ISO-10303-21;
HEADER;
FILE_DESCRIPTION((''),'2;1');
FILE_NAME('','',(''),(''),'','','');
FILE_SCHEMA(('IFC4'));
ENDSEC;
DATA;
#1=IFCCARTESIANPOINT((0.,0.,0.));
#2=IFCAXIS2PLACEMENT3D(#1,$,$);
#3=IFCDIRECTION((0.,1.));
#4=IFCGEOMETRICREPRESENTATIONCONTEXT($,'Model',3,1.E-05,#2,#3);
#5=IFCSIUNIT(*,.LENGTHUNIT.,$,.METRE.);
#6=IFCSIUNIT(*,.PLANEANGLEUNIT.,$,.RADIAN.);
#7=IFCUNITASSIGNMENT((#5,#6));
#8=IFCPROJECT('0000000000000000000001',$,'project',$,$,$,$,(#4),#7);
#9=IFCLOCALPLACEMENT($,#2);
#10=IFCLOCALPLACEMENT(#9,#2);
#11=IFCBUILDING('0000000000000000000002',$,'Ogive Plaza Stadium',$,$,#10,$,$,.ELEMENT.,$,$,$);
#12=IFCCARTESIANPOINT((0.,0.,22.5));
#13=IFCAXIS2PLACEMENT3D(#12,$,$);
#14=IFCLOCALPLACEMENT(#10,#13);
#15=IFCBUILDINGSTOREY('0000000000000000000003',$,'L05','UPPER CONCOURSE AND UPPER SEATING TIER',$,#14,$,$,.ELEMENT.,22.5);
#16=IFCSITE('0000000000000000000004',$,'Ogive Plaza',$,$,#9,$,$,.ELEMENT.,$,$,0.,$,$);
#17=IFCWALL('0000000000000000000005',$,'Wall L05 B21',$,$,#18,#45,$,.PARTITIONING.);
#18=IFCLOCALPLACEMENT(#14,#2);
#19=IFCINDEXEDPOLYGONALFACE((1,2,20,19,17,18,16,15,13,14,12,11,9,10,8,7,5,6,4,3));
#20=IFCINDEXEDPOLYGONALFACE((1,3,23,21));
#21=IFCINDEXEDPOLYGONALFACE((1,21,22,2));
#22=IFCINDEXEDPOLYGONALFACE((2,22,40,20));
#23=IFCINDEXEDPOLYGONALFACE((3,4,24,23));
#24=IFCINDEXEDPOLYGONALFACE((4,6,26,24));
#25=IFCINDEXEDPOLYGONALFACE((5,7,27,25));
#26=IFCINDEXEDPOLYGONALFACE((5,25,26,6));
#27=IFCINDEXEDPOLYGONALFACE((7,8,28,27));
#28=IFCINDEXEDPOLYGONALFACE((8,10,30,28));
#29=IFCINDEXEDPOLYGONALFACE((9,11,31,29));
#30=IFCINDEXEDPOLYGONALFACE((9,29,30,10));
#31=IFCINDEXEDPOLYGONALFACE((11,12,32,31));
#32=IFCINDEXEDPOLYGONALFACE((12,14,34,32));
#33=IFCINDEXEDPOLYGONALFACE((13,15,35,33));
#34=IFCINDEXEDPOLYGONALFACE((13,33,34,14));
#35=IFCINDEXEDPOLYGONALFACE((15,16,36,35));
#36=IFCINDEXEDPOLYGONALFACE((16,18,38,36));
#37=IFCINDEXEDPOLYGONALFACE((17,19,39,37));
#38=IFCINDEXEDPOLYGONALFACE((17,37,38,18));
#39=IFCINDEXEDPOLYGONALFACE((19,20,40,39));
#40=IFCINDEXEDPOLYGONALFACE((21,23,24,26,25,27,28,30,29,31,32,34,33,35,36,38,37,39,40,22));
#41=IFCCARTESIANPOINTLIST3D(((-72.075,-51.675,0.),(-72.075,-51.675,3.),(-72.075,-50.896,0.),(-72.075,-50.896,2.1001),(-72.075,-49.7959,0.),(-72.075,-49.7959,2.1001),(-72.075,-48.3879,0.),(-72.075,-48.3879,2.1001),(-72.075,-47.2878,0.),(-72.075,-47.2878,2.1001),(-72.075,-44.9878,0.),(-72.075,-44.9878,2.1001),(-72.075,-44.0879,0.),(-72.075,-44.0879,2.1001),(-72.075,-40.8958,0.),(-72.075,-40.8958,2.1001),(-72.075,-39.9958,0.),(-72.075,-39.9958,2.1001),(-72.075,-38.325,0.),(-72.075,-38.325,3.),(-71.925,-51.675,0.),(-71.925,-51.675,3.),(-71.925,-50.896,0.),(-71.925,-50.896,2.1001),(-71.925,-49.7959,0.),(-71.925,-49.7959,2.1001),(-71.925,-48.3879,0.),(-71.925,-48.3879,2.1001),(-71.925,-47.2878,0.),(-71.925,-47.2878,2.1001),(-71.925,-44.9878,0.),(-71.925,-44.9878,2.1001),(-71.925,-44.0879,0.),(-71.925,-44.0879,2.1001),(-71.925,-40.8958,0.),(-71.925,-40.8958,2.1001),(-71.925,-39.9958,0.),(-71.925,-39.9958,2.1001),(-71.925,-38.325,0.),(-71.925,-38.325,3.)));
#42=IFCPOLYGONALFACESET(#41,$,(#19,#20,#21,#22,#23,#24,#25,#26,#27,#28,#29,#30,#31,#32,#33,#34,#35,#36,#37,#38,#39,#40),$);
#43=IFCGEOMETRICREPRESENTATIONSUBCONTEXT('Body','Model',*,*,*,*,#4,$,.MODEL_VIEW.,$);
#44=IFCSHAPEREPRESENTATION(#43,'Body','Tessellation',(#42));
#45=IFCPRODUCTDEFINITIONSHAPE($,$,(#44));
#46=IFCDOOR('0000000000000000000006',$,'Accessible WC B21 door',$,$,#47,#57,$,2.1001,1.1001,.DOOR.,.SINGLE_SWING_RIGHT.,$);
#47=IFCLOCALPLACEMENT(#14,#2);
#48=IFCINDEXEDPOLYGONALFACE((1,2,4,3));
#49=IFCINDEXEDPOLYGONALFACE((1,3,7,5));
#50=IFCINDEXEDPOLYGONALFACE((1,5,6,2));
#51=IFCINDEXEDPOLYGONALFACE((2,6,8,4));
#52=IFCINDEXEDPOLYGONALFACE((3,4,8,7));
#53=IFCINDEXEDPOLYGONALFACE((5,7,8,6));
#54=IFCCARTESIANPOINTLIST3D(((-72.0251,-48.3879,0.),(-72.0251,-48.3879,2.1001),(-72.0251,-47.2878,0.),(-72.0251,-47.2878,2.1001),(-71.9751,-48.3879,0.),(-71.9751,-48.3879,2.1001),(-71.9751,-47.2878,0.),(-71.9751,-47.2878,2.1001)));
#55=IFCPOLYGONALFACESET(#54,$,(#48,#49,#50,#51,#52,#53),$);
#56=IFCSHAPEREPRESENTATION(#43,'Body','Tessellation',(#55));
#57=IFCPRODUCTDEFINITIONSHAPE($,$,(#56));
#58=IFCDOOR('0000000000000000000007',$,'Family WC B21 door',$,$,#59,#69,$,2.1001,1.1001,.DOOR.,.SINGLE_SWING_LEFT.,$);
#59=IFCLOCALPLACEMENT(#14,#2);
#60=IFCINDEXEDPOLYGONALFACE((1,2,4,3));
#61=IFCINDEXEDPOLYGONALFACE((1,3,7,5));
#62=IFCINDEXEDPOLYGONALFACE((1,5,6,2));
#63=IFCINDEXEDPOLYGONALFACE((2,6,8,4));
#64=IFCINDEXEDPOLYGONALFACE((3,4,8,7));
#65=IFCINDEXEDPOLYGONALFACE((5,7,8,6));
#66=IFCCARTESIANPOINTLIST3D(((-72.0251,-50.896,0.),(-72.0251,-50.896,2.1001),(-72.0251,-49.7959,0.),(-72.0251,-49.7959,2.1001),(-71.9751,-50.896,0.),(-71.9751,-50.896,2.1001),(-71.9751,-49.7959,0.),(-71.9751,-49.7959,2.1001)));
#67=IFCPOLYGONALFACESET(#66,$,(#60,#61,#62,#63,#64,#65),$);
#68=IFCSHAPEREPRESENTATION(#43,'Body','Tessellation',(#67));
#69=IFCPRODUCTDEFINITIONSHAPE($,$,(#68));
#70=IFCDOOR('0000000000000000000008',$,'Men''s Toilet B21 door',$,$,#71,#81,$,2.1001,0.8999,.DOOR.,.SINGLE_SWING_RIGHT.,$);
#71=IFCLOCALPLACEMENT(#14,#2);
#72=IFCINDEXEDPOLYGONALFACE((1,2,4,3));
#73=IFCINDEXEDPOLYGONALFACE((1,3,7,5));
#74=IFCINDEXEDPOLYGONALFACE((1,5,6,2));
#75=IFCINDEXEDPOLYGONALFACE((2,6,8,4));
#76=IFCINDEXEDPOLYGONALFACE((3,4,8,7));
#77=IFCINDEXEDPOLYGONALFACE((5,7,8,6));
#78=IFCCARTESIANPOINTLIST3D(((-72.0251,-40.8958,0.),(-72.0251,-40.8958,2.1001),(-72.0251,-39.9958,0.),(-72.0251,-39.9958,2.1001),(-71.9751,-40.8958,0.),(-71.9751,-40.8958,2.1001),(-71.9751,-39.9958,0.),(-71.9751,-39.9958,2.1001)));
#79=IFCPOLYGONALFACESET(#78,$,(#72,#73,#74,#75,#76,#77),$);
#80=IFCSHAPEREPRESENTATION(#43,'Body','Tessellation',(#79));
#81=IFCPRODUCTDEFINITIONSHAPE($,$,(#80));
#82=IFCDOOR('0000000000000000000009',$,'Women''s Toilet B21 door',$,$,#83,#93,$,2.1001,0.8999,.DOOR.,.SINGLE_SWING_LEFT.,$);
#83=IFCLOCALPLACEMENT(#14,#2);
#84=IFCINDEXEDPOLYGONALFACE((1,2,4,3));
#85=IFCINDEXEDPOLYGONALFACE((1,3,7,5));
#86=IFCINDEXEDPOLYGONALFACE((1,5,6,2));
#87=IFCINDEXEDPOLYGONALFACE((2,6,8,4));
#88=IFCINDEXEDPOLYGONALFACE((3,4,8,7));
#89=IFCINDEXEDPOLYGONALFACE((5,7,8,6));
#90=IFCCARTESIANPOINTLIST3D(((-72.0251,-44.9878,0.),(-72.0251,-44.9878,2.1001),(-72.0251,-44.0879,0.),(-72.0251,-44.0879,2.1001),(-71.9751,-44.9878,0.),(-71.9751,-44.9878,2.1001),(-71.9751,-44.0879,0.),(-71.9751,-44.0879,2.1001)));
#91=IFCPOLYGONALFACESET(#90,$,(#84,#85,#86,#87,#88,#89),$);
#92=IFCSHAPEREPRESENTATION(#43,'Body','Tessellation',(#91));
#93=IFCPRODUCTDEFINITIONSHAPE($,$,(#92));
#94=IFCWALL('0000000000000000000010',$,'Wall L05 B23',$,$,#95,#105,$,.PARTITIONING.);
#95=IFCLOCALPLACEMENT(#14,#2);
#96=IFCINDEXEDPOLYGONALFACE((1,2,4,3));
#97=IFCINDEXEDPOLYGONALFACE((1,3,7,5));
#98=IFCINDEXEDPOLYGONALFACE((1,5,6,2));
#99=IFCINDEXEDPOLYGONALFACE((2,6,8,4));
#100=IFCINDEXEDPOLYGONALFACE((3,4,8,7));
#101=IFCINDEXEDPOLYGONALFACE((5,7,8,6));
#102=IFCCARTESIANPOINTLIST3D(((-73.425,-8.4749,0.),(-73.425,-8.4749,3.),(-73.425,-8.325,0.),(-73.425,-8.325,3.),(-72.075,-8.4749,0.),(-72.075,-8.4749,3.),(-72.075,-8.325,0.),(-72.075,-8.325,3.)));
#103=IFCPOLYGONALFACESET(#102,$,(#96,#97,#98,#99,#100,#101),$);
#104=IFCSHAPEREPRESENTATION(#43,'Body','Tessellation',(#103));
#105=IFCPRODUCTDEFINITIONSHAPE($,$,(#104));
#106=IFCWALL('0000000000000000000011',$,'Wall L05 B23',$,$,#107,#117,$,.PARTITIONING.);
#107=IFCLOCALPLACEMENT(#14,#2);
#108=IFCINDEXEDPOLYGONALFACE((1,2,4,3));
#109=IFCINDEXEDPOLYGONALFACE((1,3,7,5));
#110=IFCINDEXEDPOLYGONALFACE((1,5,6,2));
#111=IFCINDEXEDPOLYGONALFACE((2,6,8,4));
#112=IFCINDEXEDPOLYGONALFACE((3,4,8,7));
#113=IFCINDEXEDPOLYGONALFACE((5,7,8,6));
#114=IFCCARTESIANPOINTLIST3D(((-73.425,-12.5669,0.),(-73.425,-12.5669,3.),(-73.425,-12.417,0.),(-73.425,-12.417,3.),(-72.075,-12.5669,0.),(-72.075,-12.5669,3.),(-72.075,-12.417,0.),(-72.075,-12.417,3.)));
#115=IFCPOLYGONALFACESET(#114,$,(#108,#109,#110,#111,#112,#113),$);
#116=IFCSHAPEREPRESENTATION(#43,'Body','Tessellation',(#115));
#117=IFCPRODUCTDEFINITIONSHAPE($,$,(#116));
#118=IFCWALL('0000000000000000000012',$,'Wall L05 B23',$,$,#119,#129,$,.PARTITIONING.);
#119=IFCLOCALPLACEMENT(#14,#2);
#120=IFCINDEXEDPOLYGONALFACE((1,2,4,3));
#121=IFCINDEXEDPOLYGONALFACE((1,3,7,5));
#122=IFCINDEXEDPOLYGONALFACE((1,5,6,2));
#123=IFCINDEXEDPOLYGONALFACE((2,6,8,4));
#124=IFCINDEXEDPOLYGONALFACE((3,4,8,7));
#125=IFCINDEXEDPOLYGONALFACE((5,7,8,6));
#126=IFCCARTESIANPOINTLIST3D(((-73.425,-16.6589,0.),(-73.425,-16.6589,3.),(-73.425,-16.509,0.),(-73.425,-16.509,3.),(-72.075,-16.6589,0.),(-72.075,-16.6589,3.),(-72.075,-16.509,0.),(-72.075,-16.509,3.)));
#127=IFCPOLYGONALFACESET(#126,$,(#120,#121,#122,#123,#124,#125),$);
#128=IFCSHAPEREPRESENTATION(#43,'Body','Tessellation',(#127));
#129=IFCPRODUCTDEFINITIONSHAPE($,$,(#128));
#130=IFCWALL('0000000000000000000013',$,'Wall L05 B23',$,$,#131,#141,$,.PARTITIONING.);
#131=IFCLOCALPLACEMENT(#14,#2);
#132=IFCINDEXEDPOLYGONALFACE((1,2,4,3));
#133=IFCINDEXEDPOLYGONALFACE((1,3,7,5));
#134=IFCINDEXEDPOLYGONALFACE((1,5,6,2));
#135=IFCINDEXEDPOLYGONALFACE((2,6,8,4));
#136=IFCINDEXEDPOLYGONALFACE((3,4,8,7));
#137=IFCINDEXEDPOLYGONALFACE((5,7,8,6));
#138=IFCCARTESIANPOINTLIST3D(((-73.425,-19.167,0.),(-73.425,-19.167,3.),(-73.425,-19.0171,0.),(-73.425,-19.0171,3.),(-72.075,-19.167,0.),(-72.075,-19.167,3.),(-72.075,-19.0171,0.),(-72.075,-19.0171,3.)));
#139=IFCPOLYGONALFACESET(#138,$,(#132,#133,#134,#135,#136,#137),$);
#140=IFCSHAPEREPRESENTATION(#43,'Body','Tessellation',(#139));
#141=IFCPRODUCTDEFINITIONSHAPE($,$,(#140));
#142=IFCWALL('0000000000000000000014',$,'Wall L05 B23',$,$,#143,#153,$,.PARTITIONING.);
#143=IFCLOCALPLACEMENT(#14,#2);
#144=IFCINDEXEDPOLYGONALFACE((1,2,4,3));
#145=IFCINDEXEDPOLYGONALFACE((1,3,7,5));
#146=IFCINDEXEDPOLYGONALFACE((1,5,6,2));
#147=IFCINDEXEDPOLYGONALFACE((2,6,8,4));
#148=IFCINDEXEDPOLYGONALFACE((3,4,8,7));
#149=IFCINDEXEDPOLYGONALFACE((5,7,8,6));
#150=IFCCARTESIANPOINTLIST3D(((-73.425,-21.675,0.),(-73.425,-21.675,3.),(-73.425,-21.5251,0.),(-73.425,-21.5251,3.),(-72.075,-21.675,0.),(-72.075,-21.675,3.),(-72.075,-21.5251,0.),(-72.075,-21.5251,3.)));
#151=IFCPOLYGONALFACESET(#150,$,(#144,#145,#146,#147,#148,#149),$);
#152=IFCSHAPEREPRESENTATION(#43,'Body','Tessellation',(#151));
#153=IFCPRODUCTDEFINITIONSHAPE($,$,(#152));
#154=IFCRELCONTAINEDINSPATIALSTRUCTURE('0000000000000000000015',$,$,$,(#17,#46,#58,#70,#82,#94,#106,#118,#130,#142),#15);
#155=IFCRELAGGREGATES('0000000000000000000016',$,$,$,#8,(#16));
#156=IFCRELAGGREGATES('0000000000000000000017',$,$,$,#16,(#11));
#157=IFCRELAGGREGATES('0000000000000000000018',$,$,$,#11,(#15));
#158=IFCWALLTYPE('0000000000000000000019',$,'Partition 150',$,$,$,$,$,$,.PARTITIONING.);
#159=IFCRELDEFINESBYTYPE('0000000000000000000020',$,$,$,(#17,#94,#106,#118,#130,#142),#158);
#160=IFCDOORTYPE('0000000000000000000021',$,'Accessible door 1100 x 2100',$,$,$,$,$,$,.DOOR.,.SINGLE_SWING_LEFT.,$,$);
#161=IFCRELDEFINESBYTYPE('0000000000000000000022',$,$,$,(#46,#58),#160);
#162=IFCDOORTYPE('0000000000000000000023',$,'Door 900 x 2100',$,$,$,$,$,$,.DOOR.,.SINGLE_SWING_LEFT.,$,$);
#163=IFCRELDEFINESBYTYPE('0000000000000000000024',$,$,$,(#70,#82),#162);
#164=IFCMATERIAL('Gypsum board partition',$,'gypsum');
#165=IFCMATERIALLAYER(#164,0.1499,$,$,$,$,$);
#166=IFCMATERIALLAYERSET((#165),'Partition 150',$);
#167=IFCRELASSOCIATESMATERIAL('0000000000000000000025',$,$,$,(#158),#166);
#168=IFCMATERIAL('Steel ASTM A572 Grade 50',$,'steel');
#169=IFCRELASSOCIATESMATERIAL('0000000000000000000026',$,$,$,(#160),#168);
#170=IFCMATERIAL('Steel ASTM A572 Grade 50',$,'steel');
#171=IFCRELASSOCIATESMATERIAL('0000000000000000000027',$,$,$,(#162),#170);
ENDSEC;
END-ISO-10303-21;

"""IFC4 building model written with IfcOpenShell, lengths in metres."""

from ifc_helpers import new_model, si_unit, direction, frame, frame_2d, origin, place, context, subcontext, project, spatial, rectangle, extrude, material, layer, layer_set, type_object, element, fill, save


model = new_model("IFC4")

# Units and contexts
model_context = context("Model", 3, precision=1e-05, world=origin(), true_north=direction((0.0, 1.0)))
body_context = subcontext(model_context, "Body", "Model", "MODEL_VIEW")
ifc_project = project(units=[si_unit("LENGTHUNIT", "METRE"), si_unit("PLANEANGLEUNIT", "RADIAN")], contexts=[model_context])

# Site, building, storey
site_placement = place(None, origin())
site = spatial("IfcSite", under=ifc_project, at=site_placement, Name="Ogive Plaza", CompositionType="ELEMENT", RefElevation=0.0)
building_placement = place(site_placement, origin())
building = spatial("IfcBuilding", under=site, at=building_placement, Name="Ogive Plaza Stadium", CompositionType="ELEMENT")
storey_placement = place(building_placement, frame((0.0, 0.0, 22.5)))
storey = spatial("IfcBuildingStorey", under=building, at=storey_placement, Name="L05", Description="UPPER CONCOURSE AND UPPER SEATING TIER", CompositionType="ELEMENT", Elevation=22.5)

# Wall, openings, doors
ifc_material_1 = material(Name="Gypsum board partition", Category="gypsum")
ifc_layer_1 = layer(ifc_material_1, 0.1499)
ifc_layer_set_1 = layer_set([ifc_layer_1], Name="Partition 150")
wall_type_1 = type_object("IfcWallType", Name="Partition 150", PredefinedType="PARTITIONING", material=ifc_layer_set_1)
wall_1_placement = place(storey_placement, frame((-72.0, -38.325, 0.0), z_axis=(0.0, 0.0, 1.0), x_axis=(0.0, -1.0, 0.0)))
wall_1 = element("IfcWall", 1, at=wall_1_placement, inside=storey, type_object=wall_type_1, Name="Wall L05 B21", PredefinedType="PARTITIONING", context=body_context, shape_type="SweptSolid", body=[
    extrude(rectangle(XDim=13.3501, YDim=0.1499, at=frame_2d((6.675, 0.0))), origin(), (0.0, 0.0, 1.0), 3.0),
])
opening_1_placement = place(wall_1_placement, frame((1.6709, 0.0, 0.0)))
opening_1 = element("IfcOpeningElement", 2, at=opening_1_placement, cuts=wall_1, PredefinedType="OPENING", context=body_context, shape_type="SweptSolid", body=[
    extrude(rectangle(XDim=0.8999, YDim=2.1001, at=frame_2d((0.45, 1.05))), frame((0.0, 0.075, 0.0), z_axis=(0.0, -1.0, 0.0), x_axis=(1.0, 0.0, 0.0)), (0.0, 0.0, 1.0), 0.1499),
])
opening_2_placement = place(wall_1_placement, frame((5.7629, 0.0, 0.0)))
opening_2 = element("IfcOpeningElement", 3, at=opening_2_placement, cuts=wall_1, PredefinedType="OPENING", context=body_context, shape_type="SweptSolid", body=[
    extrude(rectangle(XDim=0.8999, YDim=2.1001, at=frame_2d((0.45, 1.05))), frame((0.0, 0.075, 0.0), z_axis=(0.0, -1.0, 0.0), x_axis=(1.0, 0.0, 0.0)), (0.0, 0.0, 1.0), 0.1499),
])
opening_3_placement = place(wall_1_placement, frame((8.9629, 0.0, 0.0)))
opening_3 = element("IfcOpeningElement", 4, at=opening_3_placement, cuts=wall_1, PredefinedType="OPENING", context=body_context, shape_type="SweptSolid", body=[
    extrude(rectangle(XDim=1.1001, YDim=2.1001, at=frame_2d((0.55, 1.05))), frame((0.0, 0.075, 0.0), z_axis=(0.0, -1.0, 0.0), x_axis=(1.0, 0.0, 0.0)), (0.0, 0.0, 1.0), 0.1499),
])
opening_4_placement = place(wall_1_placement, frame((11.4709, 0.0, 0.0)))
opening_4 = element("IfcOpeningElement", 5, at=opening_4_placement, cuts=wall_1, PredefinedType="OPENING", context=body_context, shape_type="SweptSolid", body=[
    extrude(rectangle(XDim=1.1001, YDim=2.1001, at=frame_2d((0.55, 1.05))), frame((0.0, 0.075, 0.0), z_axis=(0.0, -1.0, 0.0), x_axis=(1.0, 0.0, 0.0)), (0.0, 0.0, 1.0), 0.1499),
])
ifc_material_2 = material(Name="Steel ASTM A572 Grade 50", Category="steel")
door_type_1 = type_object("IfcDoorType", Name="Accessible door 1100 x 2100", OperationType="SINGLE_SWING_LEFT", PredefinedType="DOOR", material=ifc_material_2)
door_1_placement = place(opening_3_placement, origin())
door_1 = element("IfcDoor", 6, at=door_1_placement, inside=storey, type_object=door_type_1, Name="Accessible WC B21 door", OperationType="SINGLE_SWING_RIGHT", OverallHeight=2.1001, OverallWidth=1.1001, PredefinedType="DOOR", context=body_context, shape_type="SweptSolid", body=[
    extrude(rectangle(XDim=1.1001, YDim=2.1001, at=frame_2d((0.55, 1.05))), frame((0.0, 0.0249, 0.0), z_axis=(0.0, -1.0, 0.0), x_axis=(1.0, 0.0, 0.0)), (0.0, 0.0, 1.0), 0.05),
])
fill(opening_3, door_1)
door_2_placement = place(opening_4_placement, origin())
door_2 = element("IfcDoor", 7, at=door_2_placement, inside=storey, type_object=door_type_1, Name="Family WC B21 door", OperationType="SINGLE_SWING_LEFT", OverallHeight=2.1001, OverallWidth=1.1001, PredefinedType="DOOR", context=body_context, shape_type="SweptSolid", body=[
    extrude(rectangle(XDim=1.1001, YDim=2.1001, at=frame_2d((0.55, 1.05))), frame((0.0, 0.0249, 0.0), z_axis=(0.0, -1.0, 0.0), x_axis=(1.0, 0.0, 0.0)), (0.0, 0.0, 1.0), 0.05),
])
fill(opening_4, door_2)
ifc_material_3 = material(Name="Steel ASTM A572 Grade 50", Category="steel")
door_type_2 = type_object("IfcDoorType", Name="Door 900 x 2100", OperationType="SINGLE_SWING_LEFT", PredefinedType="DOOR", material=ifc_material_3)
door_3_placement = place(opening_1_placement, origin())
door_3 = element("IfcDoor", 8, at=door_3_placement, inside=storey, type_object=door_type_2, Name="Men's Toilet B21 door", OperationType="SINGLE_SWING_RIGHT", OverallHeight=2.1001, OverallWidth=0.8999, PredefinedType="DOOR", context=body_context, shape_type="SweptSolid", body=[
    extrude(rectangle(XDim=0.8999, YDim=2.1001, at=frame_2d((0.45, 1.05))), frame((0.0, 0.0249, 0.0), z_axis=(0.0, -1.0, 0.0), x_axis=(1.0, 0.0, 0.0)), (0.0, 0.0, 1.0), 0.05),
])
fill(opening_1, door_3)
door_4_placement = place(opening_2_placement, origin())
door_4 = element("IfcDoor", 9, at=door_4_placement, inside=storey, type_object=door_type_2, Name="Women's Toilet B21 door", OperationType="SINGLE_SWING_LEFT", OverallHeight=2.1001, OverallWidth=0.8999, PredefinedType="DOOR", context=body_context, shape_type="SweptSolid", body=[
    extrude(rectangle(XDim=0.8999, YDim=2.1001, at=frame_2d((0.45, 1.05))), frame((0.0, 0.0249, 0.0), z_axis=(0.0, -1.0, 0.0), x_axis=(1.0, 0.0, 0.0)), (0.0, 0.0, 1.0), 0.05),
])
fill(opening_2, door_4)

# Walls
for number, where, z_axis, x_axis, name in (
    (10, (-72.075, -8.3999, 0.0), (0.0, 0.0, 1.0), (-1.0, 0.0, 0.0), "Wall L05 B23"),
    (11, (-72.075, -12.4919, 0.0), (0.0, 0.0, 1.0), (-1.0, 0.0, 0.0), "Wall L05 B23"),
    (12, (-72.075, -16.584, 0.0), (0.0, 0.0, 1.0), (-1.0, 0.0, 0.0), "Wall L05 B23"),
    (13, (-72.075, -19.092, 0.0), (0.0, 0.0, 1.0), (-1.0, 0.0, 0.0), "Wall L05 B23"),
    (14, (-72.075, -21.6001, 0.0), (0.0, 0.0, 1.0), (-1.0, 0.0, 0.0), "Wall L05 B23"),
):
    element("IfcWall", number, at=place(storey_placement, frame(where, z_axis=z_axis, x_axis=x_axis)), inside=storey, type_object=wall_type_1, Name=name, PredefinedType="PARTITIONING", context=body_context, shape_type="SweptSolid", body=[
        extrude(rectangle(XDim=1.3501, YDim=0.1499, at=frame_2d((0.675, 0.0))), origin(), (0.0, 0.0, 1.0), 3.0),
    ])

save(model, "model.ifc")
